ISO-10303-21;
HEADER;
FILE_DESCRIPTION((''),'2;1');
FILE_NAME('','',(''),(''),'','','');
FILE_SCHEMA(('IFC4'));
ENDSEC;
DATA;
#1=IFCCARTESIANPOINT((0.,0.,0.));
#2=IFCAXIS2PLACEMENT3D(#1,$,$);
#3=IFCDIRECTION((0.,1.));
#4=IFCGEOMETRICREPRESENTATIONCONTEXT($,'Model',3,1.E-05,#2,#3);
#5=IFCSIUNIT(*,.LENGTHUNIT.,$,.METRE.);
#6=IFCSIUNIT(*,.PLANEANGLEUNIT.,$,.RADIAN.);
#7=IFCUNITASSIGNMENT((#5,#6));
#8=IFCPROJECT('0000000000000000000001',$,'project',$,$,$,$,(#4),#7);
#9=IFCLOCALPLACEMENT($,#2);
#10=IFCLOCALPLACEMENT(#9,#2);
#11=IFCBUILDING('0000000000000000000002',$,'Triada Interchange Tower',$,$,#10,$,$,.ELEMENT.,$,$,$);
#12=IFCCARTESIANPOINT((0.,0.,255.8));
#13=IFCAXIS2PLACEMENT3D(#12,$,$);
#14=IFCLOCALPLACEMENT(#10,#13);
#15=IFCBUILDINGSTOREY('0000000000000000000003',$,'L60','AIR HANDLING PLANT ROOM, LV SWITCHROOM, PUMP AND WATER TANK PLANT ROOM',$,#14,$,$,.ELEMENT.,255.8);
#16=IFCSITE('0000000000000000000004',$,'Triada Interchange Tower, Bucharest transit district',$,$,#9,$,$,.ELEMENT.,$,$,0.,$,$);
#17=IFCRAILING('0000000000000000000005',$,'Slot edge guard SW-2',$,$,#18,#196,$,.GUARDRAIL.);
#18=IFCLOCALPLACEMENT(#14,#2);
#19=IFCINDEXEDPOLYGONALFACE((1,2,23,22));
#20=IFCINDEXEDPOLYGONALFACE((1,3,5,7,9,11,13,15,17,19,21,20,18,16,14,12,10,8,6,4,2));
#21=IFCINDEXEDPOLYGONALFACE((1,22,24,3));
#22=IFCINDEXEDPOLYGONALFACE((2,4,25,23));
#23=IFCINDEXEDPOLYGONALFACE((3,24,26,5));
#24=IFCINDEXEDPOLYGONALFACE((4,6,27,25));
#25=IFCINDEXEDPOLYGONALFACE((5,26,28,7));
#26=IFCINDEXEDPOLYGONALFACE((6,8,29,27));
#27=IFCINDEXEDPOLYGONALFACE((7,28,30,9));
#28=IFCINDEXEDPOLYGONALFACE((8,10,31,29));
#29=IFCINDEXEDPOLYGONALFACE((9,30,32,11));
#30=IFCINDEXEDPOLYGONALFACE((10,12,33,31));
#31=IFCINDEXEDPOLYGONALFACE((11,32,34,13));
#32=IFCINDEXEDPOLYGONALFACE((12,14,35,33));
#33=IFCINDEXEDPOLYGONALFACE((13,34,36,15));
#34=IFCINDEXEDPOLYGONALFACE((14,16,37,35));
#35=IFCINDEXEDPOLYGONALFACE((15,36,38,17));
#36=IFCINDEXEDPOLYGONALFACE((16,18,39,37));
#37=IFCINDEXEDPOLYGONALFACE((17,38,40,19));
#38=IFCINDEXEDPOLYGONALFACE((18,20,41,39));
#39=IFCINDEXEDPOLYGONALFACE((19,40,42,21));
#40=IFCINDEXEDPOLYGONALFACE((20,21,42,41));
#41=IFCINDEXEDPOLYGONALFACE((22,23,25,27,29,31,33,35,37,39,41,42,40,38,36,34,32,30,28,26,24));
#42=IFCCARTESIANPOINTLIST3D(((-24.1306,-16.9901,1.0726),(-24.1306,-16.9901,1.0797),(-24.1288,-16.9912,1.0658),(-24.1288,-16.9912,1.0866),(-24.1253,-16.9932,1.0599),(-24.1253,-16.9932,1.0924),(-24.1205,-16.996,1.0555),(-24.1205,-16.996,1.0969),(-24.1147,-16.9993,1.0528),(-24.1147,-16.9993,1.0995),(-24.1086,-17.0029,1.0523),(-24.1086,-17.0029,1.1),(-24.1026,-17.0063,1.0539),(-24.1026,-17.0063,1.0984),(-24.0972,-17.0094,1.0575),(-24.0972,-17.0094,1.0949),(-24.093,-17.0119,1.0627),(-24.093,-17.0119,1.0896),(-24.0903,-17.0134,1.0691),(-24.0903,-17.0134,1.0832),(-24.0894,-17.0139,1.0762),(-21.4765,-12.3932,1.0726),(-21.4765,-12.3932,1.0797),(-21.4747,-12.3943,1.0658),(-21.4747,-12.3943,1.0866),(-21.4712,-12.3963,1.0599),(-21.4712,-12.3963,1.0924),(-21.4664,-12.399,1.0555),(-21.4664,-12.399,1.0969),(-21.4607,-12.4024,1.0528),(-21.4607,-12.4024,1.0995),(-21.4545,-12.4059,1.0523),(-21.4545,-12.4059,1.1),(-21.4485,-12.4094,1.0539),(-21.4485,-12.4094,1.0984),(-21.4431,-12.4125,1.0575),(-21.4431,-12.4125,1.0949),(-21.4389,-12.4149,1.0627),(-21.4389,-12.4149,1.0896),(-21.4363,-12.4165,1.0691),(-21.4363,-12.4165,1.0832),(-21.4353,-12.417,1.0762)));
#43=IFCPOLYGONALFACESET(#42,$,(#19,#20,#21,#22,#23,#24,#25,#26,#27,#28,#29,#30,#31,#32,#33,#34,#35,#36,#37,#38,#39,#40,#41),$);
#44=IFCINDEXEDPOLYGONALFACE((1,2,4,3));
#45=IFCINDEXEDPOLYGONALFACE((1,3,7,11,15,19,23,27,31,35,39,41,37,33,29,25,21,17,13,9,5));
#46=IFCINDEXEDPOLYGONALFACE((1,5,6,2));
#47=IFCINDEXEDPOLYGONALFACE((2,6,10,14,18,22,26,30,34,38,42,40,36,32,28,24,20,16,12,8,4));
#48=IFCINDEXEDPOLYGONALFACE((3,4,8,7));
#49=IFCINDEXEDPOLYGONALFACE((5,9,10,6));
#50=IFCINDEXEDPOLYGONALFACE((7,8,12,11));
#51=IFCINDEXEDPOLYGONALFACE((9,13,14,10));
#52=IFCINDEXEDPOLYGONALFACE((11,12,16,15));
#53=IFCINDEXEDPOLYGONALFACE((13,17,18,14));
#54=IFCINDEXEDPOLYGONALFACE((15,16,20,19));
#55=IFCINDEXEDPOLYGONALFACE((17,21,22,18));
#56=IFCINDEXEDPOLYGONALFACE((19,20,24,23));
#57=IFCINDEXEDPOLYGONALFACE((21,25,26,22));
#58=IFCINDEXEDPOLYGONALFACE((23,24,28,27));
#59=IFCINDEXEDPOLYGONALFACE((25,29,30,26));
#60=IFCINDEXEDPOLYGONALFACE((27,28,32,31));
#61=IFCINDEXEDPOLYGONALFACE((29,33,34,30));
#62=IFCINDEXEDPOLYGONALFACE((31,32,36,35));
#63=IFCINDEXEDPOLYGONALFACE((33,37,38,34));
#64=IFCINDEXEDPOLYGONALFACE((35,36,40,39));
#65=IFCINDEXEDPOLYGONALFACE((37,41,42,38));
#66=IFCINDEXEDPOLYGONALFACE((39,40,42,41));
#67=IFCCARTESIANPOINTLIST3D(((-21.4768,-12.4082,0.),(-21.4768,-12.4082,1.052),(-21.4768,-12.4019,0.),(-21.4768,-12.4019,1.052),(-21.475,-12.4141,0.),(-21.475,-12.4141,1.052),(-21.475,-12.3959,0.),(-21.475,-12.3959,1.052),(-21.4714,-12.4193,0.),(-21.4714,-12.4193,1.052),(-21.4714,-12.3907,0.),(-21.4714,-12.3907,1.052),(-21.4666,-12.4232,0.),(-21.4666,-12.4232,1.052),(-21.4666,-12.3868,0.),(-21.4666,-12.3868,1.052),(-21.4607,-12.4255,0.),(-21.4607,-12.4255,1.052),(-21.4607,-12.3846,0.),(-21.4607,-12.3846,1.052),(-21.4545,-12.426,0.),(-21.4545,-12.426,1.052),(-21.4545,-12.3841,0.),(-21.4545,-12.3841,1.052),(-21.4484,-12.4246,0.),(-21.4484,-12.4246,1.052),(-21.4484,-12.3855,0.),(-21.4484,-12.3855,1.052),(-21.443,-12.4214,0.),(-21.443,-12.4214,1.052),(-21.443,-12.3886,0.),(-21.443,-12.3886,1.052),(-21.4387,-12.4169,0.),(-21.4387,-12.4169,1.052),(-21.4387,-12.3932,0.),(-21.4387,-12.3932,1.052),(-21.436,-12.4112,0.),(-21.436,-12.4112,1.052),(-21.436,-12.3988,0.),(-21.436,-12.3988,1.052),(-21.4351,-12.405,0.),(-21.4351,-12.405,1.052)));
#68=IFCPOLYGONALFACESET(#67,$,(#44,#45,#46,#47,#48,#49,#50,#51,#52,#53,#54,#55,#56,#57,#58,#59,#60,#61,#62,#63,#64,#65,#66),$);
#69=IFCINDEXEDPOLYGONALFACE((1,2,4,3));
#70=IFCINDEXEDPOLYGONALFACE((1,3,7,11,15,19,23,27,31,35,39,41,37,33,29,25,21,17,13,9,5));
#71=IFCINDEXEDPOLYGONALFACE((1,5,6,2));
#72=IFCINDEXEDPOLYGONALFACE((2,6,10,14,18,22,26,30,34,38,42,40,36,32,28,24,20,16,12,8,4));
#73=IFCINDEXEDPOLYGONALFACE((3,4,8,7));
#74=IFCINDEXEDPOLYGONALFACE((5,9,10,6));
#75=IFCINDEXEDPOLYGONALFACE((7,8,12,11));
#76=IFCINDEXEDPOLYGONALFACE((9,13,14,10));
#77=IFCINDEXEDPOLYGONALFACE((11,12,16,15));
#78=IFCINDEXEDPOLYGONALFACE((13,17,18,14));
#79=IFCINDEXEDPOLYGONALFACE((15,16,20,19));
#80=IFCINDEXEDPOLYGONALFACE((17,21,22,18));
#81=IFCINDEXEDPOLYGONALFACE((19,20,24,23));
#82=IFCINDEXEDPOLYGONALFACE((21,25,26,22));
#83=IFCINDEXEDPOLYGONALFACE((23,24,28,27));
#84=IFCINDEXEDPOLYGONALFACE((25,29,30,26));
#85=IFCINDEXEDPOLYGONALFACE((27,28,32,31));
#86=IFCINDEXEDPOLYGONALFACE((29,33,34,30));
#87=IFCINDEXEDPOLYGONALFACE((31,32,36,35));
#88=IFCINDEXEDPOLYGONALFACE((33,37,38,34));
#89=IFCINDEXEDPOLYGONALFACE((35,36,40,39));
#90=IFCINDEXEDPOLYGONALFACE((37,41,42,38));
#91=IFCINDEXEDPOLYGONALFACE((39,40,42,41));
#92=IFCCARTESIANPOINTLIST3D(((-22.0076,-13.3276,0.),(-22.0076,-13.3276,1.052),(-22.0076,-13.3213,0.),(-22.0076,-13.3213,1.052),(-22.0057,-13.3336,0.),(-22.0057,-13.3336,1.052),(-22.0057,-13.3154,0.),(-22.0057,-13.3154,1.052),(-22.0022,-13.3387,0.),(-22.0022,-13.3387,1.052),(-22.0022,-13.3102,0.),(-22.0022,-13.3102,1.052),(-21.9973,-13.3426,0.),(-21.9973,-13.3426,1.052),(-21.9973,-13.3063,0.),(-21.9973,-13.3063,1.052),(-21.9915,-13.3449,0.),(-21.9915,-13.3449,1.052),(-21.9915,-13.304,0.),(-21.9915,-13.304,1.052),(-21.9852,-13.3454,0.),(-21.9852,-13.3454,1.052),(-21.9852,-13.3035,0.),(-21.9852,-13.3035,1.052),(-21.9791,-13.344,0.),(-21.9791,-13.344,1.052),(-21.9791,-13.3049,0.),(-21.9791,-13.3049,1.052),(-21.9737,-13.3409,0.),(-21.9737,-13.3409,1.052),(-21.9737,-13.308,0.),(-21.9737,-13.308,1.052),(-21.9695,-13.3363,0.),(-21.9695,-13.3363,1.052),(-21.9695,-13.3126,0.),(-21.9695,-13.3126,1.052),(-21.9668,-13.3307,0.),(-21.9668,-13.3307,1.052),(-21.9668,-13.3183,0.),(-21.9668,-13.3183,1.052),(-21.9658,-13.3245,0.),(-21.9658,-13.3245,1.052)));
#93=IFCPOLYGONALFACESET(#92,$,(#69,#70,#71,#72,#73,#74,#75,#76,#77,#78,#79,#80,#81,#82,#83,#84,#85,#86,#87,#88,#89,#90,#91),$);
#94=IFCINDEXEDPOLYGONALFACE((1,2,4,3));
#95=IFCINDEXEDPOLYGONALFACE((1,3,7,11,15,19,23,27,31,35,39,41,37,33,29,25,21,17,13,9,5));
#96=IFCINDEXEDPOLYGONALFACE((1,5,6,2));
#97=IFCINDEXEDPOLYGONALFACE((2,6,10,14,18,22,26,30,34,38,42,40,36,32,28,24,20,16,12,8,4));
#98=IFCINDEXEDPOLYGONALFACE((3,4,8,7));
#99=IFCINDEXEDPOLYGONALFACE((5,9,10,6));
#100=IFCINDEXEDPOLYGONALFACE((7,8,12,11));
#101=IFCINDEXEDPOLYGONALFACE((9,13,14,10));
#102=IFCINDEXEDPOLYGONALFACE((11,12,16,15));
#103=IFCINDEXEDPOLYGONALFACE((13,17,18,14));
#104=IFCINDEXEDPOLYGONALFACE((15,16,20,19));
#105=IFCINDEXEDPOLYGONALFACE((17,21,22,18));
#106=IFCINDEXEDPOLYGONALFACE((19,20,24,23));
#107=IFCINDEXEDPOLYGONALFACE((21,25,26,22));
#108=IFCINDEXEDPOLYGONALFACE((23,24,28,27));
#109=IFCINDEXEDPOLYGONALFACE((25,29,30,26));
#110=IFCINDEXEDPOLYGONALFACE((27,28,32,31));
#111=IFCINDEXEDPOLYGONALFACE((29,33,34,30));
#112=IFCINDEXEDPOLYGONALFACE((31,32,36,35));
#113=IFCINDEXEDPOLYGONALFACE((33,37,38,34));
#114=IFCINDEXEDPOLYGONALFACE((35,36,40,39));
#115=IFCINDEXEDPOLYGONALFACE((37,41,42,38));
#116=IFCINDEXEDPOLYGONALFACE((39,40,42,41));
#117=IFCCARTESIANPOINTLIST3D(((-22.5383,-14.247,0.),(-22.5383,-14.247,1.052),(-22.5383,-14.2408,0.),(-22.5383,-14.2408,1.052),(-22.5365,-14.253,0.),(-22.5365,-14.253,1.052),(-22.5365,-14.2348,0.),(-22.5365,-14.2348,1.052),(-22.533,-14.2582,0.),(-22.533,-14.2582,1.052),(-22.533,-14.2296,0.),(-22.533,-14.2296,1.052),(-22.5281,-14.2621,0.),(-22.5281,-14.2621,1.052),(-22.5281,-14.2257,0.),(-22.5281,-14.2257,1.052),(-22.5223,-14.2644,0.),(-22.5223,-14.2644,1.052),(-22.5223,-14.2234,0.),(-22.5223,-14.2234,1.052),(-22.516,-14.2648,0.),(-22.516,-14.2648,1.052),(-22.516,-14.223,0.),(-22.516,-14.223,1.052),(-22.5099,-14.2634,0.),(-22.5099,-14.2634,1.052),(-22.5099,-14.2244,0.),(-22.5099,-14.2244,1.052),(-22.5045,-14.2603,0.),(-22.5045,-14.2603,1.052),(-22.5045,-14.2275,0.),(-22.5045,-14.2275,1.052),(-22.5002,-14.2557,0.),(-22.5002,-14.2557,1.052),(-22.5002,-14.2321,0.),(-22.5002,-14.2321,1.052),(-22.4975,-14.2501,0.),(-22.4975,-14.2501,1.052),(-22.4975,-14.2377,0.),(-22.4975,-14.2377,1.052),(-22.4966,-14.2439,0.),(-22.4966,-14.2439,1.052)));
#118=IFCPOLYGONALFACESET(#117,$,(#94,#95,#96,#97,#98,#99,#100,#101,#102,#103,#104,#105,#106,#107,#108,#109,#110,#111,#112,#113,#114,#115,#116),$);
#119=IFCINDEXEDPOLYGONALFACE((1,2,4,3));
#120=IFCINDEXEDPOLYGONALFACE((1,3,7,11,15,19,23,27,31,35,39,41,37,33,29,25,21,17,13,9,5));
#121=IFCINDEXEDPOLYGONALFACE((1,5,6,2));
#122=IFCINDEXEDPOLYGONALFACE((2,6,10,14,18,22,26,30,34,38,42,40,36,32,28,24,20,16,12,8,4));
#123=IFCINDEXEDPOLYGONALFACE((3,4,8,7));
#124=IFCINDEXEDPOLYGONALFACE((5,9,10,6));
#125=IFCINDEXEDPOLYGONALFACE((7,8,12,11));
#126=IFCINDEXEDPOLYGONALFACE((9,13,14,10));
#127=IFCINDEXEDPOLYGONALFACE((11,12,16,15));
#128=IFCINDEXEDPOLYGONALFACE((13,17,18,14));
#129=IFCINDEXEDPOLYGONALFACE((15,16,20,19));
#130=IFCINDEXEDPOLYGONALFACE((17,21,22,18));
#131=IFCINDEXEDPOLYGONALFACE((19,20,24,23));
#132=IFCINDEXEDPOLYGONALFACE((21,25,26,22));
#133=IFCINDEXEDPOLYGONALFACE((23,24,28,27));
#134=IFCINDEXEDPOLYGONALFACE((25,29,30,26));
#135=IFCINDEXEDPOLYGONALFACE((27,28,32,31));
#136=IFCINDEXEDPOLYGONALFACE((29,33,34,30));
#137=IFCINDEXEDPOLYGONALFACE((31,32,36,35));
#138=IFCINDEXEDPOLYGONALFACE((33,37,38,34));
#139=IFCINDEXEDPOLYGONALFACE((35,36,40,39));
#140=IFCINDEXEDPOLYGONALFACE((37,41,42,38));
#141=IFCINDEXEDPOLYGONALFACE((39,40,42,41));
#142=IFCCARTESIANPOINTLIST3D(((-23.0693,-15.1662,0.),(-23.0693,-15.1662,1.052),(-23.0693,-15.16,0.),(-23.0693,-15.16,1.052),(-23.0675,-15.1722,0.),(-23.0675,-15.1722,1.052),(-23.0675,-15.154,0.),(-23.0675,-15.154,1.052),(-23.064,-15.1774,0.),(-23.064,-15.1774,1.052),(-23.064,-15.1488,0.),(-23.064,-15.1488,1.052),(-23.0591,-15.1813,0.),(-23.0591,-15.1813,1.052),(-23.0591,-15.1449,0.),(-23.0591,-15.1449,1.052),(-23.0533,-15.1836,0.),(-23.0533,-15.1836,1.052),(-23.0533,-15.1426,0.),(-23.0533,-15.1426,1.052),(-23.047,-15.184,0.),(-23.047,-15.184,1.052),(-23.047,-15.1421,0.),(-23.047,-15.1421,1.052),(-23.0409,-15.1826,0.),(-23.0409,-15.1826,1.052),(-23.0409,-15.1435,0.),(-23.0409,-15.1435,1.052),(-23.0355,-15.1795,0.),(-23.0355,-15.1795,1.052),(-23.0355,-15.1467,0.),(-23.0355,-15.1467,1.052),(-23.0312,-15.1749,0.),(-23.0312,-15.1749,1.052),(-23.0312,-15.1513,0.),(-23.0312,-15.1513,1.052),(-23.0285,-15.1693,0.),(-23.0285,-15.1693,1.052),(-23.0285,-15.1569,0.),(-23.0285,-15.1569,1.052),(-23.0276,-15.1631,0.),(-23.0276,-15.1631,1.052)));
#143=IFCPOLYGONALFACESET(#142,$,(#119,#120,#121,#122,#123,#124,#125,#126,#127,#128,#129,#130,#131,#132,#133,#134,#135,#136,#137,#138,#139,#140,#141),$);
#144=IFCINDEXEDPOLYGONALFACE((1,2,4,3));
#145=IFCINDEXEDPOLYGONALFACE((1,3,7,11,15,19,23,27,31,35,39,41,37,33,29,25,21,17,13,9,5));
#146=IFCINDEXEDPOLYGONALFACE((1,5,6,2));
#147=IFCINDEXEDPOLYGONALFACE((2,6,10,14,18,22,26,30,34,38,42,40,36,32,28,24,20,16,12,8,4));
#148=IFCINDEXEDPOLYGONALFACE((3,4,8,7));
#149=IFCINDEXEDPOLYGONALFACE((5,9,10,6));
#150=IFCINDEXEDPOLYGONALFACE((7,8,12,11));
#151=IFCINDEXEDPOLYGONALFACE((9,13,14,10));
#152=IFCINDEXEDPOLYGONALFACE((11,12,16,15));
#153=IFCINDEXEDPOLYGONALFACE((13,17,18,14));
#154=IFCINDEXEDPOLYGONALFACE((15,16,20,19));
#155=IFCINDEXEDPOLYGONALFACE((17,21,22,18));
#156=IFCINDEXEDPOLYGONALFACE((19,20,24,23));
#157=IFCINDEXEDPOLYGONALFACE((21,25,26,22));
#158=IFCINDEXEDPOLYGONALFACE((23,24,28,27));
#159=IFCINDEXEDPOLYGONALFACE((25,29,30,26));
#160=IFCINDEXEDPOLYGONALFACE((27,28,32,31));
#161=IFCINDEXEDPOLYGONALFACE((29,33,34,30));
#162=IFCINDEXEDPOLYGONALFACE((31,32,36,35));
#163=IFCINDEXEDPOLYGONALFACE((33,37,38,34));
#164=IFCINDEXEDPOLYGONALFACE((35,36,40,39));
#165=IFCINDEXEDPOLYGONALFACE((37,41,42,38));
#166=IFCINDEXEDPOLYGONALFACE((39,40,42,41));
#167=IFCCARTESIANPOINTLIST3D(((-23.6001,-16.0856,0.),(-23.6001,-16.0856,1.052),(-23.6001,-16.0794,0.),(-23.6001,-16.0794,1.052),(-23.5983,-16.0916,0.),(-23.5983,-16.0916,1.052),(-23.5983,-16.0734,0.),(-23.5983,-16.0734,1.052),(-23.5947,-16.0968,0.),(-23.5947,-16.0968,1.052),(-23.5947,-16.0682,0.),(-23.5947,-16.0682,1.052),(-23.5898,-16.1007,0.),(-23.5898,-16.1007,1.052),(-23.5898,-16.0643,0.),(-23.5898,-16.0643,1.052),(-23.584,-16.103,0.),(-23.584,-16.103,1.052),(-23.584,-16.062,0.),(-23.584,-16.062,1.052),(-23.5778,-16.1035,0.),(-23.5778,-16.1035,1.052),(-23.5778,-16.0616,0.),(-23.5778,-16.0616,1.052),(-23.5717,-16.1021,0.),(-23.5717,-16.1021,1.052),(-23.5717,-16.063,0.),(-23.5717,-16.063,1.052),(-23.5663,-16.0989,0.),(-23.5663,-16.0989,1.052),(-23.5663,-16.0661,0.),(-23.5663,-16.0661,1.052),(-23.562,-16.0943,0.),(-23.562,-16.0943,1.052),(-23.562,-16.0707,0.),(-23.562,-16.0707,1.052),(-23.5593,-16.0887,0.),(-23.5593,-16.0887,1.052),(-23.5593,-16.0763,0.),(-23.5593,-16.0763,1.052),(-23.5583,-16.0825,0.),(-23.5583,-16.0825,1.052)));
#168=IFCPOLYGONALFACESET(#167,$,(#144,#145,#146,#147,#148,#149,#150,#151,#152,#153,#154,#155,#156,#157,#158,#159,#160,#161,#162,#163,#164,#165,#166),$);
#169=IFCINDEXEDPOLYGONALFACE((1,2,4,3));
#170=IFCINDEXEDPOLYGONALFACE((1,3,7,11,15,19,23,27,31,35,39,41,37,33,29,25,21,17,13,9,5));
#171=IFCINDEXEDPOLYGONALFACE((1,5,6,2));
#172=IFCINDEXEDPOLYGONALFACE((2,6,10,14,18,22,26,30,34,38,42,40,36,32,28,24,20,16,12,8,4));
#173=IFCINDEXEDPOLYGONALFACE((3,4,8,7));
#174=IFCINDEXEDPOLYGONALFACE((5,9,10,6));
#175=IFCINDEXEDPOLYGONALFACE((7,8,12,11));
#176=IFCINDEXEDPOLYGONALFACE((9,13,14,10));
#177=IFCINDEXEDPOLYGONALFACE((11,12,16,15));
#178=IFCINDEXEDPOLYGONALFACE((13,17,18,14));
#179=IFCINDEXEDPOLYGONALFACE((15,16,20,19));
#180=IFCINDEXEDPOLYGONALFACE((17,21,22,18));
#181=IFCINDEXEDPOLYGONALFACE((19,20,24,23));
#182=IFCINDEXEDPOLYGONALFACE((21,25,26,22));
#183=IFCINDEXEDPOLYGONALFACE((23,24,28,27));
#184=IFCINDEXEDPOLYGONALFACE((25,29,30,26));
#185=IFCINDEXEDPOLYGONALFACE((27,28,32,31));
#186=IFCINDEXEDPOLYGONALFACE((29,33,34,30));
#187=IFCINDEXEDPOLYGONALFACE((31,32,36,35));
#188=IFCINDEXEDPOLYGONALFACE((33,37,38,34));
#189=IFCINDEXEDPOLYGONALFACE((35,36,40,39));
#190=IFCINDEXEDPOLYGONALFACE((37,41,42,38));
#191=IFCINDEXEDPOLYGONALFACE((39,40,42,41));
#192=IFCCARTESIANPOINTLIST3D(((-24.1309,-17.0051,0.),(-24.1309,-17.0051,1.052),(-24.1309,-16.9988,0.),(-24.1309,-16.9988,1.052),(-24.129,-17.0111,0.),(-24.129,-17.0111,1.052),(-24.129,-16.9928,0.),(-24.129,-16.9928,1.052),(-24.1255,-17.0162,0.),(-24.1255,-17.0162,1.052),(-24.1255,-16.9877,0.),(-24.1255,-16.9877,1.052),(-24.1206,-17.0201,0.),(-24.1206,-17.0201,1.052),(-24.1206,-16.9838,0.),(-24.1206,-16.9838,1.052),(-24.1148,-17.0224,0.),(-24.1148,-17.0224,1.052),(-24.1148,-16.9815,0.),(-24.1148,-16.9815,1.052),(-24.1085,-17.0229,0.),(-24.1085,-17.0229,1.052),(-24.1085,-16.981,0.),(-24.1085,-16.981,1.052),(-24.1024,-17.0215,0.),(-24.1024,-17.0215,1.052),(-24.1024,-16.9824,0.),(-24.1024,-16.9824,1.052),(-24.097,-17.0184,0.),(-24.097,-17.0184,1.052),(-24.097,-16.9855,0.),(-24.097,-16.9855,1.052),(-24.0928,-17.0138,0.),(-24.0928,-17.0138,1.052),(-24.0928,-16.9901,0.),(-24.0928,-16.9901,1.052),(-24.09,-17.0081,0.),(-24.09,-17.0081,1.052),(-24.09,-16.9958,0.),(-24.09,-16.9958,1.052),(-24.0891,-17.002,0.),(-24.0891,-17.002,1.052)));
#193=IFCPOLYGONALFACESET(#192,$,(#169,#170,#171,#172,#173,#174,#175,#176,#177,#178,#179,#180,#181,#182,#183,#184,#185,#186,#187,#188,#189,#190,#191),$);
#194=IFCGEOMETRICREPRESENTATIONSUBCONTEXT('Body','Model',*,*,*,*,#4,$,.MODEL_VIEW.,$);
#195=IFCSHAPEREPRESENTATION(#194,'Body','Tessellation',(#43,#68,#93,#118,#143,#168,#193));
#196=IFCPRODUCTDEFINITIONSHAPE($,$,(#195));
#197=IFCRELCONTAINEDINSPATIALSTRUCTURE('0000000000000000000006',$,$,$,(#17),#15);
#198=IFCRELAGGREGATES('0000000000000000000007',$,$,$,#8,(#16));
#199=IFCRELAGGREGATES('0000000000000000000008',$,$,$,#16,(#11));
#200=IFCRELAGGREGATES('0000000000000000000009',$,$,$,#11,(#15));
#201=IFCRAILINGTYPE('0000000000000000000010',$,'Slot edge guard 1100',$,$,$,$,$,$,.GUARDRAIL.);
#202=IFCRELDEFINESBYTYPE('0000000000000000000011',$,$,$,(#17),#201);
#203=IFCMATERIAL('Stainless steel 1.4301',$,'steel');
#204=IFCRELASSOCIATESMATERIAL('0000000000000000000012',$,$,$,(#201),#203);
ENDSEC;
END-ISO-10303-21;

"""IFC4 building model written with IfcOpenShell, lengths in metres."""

from ifc_helpers import new_model, si_unit, direction, frame, origin, origin_2d, place, context, subcontext, project, spatial, circle, extrude, material, type_object, element, save


model = new_model("IFC4")

# Units and contexts
model_context = context("Model", 3, precision=1e-05, world=origin(), true_north=direction((0.0, 1.0)))
body_context = subcontext(model_context, "Body", "Model", "MODEL_VIEW")
ifc_project = project(units=[si_unit("LENGTHUNIT", "METRE"), si_unit("PLANEANGLEUNIT", "RADIAN")], contexts=[model_context])

# Site, building, storey
site_placement = place(None, origin())
site = spatial("IfcSite", under=ifc_project, at=site_placement, Name="Triada Interchange Tower, Bucharest transit district", CompositionType="ELEMENT", RefElevation=0.0)
building_placement = place(site_placement, origin())
building = spatial("IfcBuilding", under=site, at=building_placement, Name="Triada Interchange Tower", CompositionType="ELEMENT")
storey_placement = place(building_placement, frame((0.0, 0.0, 255.8)))
storey = spatial("IfcBuildingStorey", under=building, at=storey_placement, Name="L60", Description="AIR HANDLING PLANT ROOM, LV SWITCHROOM, PUMP AND WATER TANK PLANT ROOM", CompositionType="ELEMENT", Elevation=255.8)

# Railing
ifc_material_1 = material(Name="Stainless steel 1.4301", Category="steel")
railing_type = type_object("IfcRailingType", Name="Slot edge guard 1100", PredefinedType="GUARDRAIL", material=ifc_material_1)
railing_1_placement = place(storey_placement, frame((-21.4561, -12.405, 0.0)))
element("IfcRailing", 1, at=railing_1_placement, inside=storey, type_object=railing_type, Name="Slot edge guard SW-2", PredefinedType="GUARDRAIL", context=body_context, shape_type="SweptSolid", body=[
    extrude(circle(Radius=0.0239, at=origin_2d()), frame((0.0, 0.0, 1.0762), z_axis=(-0.500002, -0.866024, 0.0), x_axis=(0.866024, -0.500002, 0.0)), (0.0, 0.0, 1.0), 5.3081),
    extrude(circle(Radius=0.021, at=origin_2d()), origin(), (0.0, 0.0, 1.0), 1.052),
    extrude(circle(Radius=0.021, at=origin_2d()), frame((-0.5308, -0.9194, 0.0)), (0.0, 0.0, 1.0), 1.052),
    extrude(circle(Radius=0.021, at=origin_2d()), frame((-1.0615, -1.8389, 0.0)), (0.0, 0.0, 1.0), 1.052),
    extrude(circle(Radius=0.021, at=origin_2d()), frame((-1.5925, -2.7581, 0.0)), (0.0, 0.0, 1.0), 1.052),
    extrude(circle(Radius=0.021, at=origin_2d()), frame((-2.1233, -3.6775, 0.0)), (0.0, 0.0, 1.0), 1.052),
    extrude(circle(Radius=0.021, at=origin_2d()), frame((-2.6541, -4.5969, 0.0)), (0.0, 0.0, 1.0), 1.052),
])

save(model, "model.ifc")
